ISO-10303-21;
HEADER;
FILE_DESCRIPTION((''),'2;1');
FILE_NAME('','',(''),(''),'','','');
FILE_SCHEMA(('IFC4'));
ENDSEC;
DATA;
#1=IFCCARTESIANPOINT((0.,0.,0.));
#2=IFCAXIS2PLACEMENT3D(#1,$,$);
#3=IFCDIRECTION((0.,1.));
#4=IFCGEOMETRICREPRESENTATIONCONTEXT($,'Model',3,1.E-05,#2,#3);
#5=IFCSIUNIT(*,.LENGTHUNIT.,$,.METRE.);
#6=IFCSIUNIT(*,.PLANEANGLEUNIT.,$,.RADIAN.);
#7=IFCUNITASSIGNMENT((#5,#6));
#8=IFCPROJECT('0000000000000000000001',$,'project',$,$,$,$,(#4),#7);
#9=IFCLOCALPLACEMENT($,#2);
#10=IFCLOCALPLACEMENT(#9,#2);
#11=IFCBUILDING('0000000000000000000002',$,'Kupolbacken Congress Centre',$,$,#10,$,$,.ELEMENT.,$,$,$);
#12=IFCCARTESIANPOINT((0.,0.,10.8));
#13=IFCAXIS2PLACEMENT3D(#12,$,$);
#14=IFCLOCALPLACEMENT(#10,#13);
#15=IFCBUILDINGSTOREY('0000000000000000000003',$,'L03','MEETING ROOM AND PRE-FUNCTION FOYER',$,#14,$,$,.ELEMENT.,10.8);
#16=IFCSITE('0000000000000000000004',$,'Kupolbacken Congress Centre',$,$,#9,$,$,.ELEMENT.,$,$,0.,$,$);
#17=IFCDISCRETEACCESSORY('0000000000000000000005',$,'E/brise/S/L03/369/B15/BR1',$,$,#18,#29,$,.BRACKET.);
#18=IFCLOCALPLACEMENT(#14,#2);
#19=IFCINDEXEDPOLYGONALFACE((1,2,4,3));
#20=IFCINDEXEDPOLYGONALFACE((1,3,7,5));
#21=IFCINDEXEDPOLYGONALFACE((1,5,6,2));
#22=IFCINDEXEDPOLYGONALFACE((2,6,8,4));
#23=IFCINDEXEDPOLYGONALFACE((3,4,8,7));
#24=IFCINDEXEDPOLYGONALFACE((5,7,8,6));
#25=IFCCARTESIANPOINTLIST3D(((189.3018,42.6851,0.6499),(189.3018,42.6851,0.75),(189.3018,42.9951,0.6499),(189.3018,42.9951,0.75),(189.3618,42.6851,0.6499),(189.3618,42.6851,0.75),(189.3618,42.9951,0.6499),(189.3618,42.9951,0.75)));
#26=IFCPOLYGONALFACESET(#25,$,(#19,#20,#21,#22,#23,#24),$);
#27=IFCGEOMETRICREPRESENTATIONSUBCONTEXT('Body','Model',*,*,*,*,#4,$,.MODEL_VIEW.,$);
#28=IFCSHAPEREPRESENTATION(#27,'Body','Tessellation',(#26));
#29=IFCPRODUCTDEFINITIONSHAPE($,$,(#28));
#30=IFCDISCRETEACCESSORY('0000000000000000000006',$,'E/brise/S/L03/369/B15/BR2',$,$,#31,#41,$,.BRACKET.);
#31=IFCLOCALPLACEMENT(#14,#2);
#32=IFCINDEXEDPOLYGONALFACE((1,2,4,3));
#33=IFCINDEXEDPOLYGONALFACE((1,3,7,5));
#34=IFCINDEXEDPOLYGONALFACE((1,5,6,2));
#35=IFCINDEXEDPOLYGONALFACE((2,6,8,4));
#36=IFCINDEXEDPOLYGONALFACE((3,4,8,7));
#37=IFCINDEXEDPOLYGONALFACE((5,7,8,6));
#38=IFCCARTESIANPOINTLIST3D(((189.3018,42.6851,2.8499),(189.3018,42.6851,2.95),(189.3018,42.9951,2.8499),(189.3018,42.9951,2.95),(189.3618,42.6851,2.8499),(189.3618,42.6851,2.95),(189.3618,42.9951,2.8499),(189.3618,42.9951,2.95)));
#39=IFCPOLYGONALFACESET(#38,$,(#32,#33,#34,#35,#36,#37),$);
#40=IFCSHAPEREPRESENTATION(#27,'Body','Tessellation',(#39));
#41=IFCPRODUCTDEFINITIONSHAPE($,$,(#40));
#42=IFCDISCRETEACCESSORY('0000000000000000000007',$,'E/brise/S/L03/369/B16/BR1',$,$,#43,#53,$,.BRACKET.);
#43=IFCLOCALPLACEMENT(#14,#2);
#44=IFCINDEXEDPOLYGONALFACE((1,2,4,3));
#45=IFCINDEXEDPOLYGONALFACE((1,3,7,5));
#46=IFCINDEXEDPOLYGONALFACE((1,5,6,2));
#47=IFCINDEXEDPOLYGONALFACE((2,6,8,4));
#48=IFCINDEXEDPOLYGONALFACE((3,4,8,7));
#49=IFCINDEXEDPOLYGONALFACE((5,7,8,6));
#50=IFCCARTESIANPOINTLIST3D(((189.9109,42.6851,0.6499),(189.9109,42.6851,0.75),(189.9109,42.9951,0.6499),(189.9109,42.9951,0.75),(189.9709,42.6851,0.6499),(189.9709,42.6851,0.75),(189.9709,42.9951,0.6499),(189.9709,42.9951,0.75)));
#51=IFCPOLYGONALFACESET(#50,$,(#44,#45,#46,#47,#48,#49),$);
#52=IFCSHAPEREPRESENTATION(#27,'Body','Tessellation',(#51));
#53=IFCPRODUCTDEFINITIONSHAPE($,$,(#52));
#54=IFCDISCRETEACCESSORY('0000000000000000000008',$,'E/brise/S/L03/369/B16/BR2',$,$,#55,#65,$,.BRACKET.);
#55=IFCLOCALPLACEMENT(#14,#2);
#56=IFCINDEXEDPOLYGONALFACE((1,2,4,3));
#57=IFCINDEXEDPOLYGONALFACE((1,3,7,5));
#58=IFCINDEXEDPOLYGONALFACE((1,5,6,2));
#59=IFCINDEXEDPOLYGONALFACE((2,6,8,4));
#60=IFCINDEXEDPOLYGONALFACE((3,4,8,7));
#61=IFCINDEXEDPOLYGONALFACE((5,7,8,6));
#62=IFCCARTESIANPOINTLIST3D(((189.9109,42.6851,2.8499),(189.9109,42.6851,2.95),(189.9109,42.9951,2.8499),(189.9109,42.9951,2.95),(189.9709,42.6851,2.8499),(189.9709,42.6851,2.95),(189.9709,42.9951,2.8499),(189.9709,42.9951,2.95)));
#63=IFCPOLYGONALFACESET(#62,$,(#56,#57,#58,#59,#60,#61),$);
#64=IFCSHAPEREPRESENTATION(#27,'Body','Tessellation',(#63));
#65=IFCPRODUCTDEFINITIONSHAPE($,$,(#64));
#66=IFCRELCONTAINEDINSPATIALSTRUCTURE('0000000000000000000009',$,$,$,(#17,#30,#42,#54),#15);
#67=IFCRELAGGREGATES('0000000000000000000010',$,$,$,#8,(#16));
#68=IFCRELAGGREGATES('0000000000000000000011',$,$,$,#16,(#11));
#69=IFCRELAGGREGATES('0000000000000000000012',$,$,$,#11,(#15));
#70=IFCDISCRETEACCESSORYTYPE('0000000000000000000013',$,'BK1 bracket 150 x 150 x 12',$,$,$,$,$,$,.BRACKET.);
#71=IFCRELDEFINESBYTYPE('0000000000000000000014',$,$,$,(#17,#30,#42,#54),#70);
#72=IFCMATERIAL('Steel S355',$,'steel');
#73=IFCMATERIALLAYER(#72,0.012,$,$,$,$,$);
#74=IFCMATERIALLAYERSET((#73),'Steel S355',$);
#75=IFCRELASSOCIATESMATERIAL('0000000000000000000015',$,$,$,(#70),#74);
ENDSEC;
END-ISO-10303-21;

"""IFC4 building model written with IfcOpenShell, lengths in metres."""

from ifc_helpers import new_model, si_unit, direction, frame, origin, origin_2d, place, context, subcontext, project, spatial, rectangle, extrude, material, layer, layer_set, type_object, element, save


model = new_model("IFC4")

# Units and contexts
model_context = context("Model", 3, precision=1e-05, world=origin(), true_north=direction((0.0, 1.0)))
body_context = subcontext(model_context, "Body", "Model", "MODEL_VIEW")
ifc_project = project(units=[si_unit("LENGTHUNIT", "METRE"), si_unit("PLANEANGLEUNIT", "RADIAN")], contexts=[model_context])

# Site, building, storey
site_placement = place(None, origin())
site = spatial("IfcSite", under=ifc_project, at=site_placement, Name="Kupolbacken Congress Centre", CompositionType="ELEMENT", RefElevation=0.0)
building_placement = place(site_placement, origin())
building = spatial("IfcBuilding", under=site, at=building_placement, Name="Kupolbacken Congress Centre", CompositionType="ELEMENT")
storey_placement = place(building_placement, frame((0.0, 0.0, 10.8)))
storey = spatial("IfcBuildingStorey", under=building, at=storey_placement, Name="L03", Description="MEETING ROOM AND PRE-FUNCTION FOYER", CompositionType="ELEMENT", Elevation=10.8)

# Discrete accessories
ifc_material_1 = material(Name="Steel S355", Category="steel")
ifc_layer_1 = layer(ifc_material_1, 0.012)
ifc_layer_set_1 = layer_set([ifc_layer_1], Name="Steel S355")
discrete_accessory_type = type_object("IfcDiscreteAccessoryType", Name="BK1 bracket 150 x 150 x 12", PredefinedType="BRACKET", material=ifc_layer_set_1)
for number, where, z_axis, x_axis, name in (
    (1, (189.3318, 42.8401, 0.6499), (0.0, 0.0, 1.0), (1.0, 0.0, 0.0), "E/brise/S/L03/369/B15/BR1"),
    (2, (189.3318, 42.8401, 2.8499), (0.0, 0.0, 1.0), (1.0, 0.0, 0.0), "E/brise/S/L03/369/B15/BR2"),
    (3, (189.9409, 42.8401, 0.6499), (0.0, 0.0, 1.0), (1.0, 0.0, 0.0), "E/brise/S/L03/369/B16/BR1"),
    (4, (189.9409, 42.8401, 2.8499), (0.0, 0.0, 1.0), (1.0, 0.0, 0.0), "E/brise/S/L03/369/B16/BR2"),
):
    element("IfcDiscreteAccessory", number, at=place(storey_placement, frame(where, z_axis=z_axis, x_axis=x_axis)), inside=storey, type_object=discrete_accessory_type, Name=name, PredefinedType="BRACKET", context=body_context, shape_type="SweptSolid", body=[
        extrude(rectangle(XDim=0.0601, YDim=0.3101, at=origin_2d()), origin(), (0.0, 0.0, 1.0), 0.1001),
    ])

save(model, "model.ifc")
